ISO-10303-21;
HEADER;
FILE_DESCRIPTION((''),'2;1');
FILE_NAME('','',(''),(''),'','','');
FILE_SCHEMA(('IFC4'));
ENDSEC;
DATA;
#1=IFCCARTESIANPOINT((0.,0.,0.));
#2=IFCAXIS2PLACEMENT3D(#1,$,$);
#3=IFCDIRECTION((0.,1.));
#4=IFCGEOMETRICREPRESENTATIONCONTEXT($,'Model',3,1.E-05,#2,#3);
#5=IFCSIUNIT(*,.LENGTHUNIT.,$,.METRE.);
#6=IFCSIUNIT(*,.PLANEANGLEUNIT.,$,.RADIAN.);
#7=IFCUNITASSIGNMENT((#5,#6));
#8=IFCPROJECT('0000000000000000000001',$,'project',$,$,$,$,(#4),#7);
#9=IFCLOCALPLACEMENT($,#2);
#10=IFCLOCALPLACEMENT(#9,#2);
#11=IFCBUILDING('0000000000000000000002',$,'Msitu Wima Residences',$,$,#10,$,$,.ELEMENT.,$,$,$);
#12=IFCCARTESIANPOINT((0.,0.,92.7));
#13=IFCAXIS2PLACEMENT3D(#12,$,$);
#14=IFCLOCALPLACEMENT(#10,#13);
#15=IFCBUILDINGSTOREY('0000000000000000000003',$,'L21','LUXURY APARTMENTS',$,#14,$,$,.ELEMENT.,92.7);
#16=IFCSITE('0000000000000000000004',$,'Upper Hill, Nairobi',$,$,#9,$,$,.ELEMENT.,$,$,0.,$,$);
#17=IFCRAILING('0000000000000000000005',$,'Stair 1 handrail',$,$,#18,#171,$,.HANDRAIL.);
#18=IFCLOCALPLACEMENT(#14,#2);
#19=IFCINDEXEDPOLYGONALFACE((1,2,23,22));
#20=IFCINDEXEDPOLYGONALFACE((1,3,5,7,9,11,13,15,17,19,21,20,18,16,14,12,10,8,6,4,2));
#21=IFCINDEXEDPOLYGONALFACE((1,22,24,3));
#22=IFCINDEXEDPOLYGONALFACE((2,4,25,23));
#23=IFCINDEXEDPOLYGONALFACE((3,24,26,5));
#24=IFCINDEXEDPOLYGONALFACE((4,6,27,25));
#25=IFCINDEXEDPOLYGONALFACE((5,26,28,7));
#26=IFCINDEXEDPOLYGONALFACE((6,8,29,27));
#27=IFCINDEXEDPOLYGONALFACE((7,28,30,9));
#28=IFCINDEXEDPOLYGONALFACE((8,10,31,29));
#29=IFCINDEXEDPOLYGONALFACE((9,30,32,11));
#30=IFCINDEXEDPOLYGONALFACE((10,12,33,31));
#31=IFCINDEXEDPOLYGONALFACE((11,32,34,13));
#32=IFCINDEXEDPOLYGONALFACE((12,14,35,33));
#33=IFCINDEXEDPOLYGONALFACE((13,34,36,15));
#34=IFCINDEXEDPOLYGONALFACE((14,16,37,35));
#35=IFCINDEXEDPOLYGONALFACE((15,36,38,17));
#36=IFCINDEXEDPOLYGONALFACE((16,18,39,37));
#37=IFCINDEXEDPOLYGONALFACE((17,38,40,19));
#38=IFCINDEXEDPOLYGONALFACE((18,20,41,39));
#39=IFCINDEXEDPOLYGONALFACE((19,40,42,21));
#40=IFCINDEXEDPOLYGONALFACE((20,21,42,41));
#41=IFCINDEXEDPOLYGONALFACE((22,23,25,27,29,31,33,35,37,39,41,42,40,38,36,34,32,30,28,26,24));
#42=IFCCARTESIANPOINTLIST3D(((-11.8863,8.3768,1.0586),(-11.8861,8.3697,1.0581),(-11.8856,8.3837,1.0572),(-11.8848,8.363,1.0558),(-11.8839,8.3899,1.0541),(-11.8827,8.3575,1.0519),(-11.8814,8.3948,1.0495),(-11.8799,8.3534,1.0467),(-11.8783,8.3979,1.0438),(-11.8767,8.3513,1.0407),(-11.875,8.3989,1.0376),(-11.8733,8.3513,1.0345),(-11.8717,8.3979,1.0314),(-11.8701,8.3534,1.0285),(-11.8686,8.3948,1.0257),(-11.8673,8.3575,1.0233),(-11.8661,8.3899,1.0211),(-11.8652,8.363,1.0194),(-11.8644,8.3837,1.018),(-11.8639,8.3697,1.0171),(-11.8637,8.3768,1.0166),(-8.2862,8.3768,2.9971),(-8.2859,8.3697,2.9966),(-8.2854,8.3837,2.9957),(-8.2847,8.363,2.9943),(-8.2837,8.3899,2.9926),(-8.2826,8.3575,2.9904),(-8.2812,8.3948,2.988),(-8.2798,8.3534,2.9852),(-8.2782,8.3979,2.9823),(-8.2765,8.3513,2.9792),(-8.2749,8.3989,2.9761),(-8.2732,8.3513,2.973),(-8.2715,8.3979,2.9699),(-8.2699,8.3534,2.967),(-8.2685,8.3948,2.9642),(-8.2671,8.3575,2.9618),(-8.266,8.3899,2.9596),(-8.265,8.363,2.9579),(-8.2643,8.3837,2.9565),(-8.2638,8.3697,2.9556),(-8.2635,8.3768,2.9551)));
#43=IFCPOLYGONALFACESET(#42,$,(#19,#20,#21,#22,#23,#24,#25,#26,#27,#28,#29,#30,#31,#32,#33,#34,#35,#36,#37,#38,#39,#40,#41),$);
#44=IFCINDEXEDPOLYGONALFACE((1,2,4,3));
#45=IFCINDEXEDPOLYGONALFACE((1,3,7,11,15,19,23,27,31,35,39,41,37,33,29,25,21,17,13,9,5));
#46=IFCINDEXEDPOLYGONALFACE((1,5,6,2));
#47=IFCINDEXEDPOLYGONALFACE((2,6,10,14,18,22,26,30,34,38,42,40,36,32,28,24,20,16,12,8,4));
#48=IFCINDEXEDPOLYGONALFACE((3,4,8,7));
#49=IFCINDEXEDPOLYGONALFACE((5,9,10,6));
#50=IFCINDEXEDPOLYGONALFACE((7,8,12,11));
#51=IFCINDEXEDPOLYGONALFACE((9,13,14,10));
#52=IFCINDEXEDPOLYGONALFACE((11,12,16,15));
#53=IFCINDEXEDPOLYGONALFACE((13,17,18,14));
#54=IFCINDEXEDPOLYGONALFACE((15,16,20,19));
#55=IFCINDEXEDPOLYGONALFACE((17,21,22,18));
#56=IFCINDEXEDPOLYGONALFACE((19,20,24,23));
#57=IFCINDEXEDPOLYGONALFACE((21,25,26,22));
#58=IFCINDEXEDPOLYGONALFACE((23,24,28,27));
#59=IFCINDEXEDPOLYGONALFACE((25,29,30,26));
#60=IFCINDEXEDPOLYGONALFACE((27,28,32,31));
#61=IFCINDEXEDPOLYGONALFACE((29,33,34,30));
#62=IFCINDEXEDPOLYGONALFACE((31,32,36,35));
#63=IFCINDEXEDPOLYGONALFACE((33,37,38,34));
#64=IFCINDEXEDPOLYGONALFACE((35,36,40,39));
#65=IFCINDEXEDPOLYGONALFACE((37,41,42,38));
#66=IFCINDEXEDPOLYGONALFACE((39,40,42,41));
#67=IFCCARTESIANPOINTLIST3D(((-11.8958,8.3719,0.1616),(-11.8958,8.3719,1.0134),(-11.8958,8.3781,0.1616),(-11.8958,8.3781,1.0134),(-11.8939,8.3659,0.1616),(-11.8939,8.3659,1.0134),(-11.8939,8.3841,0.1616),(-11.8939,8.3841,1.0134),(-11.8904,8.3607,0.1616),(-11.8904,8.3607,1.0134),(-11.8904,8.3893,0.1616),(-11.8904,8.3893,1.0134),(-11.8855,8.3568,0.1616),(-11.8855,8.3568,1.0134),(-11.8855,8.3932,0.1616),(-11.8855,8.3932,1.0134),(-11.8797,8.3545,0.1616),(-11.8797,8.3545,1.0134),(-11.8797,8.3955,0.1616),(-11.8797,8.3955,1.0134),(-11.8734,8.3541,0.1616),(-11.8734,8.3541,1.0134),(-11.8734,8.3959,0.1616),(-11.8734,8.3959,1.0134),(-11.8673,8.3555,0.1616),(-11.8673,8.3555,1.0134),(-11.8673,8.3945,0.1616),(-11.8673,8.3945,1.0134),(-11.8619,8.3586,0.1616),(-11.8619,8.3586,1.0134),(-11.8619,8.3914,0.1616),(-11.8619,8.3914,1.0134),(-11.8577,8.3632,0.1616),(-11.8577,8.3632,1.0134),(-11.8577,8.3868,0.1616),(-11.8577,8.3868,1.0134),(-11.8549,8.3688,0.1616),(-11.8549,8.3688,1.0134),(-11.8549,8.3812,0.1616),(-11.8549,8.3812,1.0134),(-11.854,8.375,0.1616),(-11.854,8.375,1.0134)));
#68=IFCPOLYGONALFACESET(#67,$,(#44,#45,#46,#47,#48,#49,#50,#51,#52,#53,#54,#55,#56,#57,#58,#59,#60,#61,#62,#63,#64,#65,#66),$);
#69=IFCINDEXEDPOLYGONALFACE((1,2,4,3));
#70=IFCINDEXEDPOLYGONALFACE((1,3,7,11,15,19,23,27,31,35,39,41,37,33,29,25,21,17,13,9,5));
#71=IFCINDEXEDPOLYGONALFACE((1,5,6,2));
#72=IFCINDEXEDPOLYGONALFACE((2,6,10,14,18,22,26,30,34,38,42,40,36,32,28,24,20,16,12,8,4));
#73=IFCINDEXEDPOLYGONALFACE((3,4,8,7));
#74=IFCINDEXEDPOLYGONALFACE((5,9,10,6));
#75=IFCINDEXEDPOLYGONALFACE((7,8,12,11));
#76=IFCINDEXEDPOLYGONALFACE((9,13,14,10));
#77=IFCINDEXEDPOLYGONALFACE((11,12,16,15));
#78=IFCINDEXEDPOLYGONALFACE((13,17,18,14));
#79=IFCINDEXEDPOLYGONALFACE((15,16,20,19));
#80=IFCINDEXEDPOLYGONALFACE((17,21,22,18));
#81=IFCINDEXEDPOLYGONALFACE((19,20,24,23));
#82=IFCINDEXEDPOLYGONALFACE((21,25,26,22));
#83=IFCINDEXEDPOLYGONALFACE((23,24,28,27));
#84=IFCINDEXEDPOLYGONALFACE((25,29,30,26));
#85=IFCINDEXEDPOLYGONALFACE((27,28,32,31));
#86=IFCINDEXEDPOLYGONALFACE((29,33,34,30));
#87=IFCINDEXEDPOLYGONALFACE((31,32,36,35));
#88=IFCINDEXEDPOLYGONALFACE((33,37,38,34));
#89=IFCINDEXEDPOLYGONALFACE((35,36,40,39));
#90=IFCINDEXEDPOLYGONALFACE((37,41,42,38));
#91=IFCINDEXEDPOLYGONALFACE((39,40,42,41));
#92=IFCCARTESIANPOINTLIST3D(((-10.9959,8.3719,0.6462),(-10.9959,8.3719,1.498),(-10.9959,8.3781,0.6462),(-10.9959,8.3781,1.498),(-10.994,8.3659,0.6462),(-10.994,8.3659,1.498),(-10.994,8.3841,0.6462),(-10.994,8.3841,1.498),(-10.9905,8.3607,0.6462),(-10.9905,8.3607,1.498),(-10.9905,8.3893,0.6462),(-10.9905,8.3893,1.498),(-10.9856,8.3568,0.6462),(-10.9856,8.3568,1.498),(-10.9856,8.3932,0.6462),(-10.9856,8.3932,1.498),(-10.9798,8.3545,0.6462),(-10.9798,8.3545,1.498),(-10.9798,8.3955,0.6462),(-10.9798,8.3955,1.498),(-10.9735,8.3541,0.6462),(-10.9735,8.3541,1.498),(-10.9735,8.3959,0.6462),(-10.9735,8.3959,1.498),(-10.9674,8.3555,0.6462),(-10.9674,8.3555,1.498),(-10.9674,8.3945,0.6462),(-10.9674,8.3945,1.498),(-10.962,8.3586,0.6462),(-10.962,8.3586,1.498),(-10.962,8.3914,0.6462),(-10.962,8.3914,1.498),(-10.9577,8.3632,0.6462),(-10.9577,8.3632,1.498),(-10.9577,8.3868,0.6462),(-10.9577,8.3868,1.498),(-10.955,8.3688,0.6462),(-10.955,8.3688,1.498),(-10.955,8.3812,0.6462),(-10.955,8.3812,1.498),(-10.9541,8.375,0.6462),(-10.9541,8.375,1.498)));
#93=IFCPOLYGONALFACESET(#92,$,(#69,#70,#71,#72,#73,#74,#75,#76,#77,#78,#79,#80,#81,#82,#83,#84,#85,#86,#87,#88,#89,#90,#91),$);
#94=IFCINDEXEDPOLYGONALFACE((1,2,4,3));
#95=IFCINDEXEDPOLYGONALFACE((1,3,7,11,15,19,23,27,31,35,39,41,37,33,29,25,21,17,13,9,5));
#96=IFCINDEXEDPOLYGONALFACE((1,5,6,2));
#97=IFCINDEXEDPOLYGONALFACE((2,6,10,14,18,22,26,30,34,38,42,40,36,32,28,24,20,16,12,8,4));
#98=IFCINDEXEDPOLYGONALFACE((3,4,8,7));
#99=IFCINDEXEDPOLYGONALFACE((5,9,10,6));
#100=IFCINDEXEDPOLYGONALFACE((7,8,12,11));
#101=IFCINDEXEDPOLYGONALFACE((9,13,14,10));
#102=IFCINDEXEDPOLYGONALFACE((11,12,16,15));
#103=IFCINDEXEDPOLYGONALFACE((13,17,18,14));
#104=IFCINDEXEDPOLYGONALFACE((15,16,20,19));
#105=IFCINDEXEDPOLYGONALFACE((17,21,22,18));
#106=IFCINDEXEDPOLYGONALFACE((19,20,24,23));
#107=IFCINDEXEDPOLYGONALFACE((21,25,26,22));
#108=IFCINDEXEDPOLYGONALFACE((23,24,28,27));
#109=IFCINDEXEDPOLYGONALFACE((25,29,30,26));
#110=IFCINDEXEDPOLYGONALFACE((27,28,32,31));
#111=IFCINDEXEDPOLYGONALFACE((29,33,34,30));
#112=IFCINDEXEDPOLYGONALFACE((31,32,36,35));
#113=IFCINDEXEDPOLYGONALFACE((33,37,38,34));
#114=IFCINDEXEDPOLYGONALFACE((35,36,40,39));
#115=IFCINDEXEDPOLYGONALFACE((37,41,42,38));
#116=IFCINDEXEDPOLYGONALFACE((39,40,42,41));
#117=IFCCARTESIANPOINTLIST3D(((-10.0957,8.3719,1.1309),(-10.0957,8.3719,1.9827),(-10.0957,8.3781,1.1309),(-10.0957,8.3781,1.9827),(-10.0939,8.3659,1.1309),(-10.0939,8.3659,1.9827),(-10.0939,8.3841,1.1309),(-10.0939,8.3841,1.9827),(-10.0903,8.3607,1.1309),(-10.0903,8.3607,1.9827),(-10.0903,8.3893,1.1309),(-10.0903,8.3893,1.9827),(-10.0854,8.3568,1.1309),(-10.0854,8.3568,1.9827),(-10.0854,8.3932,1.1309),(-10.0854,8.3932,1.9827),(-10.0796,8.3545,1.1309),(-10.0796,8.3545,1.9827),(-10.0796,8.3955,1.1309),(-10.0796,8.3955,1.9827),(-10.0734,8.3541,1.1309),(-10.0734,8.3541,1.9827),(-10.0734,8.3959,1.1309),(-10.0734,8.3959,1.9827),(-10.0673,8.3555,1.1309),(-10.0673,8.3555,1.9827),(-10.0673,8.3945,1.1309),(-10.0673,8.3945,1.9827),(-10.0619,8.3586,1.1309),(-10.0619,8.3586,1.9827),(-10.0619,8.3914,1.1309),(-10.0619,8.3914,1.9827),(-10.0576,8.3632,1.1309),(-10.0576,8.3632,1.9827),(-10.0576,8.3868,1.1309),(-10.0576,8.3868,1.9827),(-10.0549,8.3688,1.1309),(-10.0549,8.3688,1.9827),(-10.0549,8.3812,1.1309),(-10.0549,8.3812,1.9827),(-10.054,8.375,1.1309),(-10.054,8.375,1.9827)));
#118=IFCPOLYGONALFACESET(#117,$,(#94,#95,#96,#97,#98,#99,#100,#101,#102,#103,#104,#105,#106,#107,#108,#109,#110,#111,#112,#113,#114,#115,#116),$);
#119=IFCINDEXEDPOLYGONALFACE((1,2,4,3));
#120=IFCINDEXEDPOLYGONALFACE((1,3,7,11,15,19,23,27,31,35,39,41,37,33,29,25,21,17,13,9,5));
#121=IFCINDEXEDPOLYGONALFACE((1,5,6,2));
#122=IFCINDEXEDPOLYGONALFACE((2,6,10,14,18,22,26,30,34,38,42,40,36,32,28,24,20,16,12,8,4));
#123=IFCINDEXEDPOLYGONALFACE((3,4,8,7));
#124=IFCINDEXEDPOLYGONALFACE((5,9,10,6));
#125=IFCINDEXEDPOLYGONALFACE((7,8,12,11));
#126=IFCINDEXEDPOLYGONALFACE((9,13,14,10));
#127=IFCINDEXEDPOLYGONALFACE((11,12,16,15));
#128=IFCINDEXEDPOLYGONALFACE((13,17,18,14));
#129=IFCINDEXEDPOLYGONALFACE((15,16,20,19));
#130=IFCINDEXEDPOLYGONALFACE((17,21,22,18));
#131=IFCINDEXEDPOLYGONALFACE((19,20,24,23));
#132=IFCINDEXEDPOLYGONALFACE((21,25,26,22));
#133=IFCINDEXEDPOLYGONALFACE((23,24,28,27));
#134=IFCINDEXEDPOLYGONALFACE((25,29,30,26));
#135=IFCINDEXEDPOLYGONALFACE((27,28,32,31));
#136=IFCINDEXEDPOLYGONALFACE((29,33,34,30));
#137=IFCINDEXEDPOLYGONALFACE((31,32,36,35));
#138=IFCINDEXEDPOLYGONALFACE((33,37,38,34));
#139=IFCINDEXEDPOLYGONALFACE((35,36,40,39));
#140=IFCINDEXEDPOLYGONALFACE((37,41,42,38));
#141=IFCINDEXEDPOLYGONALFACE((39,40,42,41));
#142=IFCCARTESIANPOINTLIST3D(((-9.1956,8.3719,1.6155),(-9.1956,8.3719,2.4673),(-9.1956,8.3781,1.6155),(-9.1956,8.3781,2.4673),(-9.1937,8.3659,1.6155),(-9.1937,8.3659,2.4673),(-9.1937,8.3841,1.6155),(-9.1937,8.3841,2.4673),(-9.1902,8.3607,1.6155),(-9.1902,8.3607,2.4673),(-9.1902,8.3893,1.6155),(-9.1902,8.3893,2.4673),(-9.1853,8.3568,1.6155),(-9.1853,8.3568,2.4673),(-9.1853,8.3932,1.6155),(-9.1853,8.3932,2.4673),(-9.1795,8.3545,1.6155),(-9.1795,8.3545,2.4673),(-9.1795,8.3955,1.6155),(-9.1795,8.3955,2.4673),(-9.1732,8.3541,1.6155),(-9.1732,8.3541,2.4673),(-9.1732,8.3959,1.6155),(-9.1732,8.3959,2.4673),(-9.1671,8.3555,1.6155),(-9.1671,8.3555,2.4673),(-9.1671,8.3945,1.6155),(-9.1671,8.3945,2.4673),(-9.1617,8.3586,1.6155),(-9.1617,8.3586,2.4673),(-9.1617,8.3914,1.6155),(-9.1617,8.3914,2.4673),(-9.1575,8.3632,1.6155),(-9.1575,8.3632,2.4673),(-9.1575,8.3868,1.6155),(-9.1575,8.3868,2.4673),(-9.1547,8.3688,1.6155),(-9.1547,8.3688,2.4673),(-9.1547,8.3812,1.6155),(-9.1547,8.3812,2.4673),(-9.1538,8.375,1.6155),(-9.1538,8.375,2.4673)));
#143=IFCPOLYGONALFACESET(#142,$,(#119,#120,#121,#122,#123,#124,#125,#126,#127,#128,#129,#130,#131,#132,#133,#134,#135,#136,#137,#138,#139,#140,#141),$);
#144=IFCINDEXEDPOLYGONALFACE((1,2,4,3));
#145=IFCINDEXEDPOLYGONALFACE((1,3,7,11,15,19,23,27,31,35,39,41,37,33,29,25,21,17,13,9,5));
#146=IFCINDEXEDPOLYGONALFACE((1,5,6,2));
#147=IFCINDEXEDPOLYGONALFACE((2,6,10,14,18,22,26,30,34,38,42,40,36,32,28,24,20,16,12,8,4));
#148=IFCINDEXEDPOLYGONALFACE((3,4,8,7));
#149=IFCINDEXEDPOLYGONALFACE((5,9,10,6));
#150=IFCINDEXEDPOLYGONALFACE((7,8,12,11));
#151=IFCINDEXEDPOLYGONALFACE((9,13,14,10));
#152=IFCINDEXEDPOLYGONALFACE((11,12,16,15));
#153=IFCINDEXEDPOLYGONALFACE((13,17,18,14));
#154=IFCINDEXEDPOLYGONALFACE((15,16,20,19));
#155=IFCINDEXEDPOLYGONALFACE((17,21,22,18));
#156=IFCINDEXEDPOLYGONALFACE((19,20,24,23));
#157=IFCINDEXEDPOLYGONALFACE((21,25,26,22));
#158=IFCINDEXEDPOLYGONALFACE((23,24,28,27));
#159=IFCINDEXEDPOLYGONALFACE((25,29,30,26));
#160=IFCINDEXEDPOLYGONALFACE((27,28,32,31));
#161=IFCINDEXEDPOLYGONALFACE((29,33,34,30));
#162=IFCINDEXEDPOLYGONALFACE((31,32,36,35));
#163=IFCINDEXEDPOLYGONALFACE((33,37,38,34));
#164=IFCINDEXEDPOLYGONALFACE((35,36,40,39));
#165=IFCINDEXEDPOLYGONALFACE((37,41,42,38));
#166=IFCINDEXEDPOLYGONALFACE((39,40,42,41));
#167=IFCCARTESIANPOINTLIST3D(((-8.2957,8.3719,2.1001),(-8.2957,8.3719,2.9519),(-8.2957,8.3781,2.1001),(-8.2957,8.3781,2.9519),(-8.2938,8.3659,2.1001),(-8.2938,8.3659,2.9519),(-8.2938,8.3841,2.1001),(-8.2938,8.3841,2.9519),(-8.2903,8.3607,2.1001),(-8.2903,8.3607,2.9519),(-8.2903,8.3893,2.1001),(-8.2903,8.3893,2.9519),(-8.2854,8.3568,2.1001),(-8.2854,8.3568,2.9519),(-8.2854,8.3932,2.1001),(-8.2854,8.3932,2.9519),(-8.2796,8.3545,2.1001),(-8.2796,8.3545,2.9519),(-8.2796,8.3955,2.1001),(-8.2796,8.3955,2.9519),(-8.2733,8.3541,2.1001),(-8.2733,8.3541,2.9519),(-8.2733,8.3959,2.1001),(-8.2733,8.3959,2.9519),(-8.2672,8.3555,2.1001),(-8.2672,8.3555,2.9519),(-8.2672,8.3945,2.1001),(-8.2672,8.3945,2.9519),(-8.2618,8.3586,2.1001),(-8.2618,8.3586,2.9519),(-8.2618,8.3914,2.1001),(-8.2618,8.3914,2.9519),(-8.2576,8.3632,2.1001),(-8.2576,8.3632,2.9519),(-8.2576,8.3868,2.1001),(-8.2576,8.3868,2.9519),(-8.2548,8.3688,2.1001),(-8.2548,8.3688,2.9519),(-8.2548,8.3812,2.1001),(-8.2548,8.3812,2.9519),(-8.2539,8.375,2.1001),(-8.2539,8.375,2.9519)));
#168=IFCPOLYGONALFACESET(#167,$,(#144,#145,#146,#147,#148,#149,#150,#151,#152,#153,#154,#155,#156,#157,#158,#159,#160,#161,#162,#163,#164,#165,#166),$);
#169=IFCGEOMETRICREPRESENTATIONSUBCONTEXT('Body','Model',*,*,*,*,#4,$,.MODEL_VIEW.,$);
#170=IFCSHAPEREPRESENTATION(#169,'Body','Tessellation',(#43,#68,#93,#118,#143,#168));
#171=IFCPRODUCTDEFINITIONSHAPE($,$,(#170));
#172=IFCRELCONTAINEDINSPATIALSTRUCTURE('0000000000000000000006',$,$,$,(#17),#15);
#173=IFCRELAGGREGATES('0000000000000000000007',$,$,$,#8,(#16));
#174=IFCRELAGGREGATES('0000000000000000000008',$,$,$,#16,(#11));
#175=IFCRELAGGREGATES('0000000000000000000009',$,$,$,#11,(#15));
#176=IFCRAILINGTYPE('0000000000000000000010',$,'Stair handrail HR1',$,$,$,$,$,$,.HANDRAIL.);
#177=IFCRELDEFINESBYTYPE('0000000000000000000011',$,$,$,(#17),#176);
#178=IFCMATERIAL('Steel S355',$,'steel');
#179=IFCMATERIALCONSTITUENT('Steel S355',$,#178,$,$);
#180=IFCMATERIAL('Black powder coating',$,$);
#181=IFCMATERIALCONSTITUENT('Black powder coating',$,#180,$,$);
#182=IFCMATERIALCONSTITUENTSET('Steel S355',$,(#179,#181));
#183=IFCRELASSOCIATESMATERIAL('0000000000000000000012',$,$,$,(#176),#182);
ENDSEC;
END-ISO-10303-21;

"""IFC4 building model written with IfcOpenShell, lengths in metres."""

from ifc_helpers import new_model, si_unit, direction, frame, origin, origin_2d, place, context, subcontext, project, spatial, circle, extrude, material, constituent, constituent_set, type_object, element, save


model = new_model("IFC4")

# Units and contexts
model_context = context("Model", 3, precision=1e-05, world=origin(), true_north=direction((0.0, 1.0)))
body_context = subcontext(model_context, "Body", "Model", "MODEL_VIEW")
ifc_project = project(units=[si_unit("LENGTHUNIT", "METRE"), si_unit("PLANEANGLEUNIT", "RADIAN")], contexts=[model_context])

# Site, building, storey
site_placement = place(None, origin())
site = spatial("IfcSite", under=ifc_project, at=site_placement, Name="Upper Hill, Nairobi", CompositionType="ELEMENT", RefElevation=0.0)
building_placement = place(site_placement, origin())
building = spatial("IfcBuilding", under=site, at=building_placement, Name="Msitu Wima Residences", CompositionType="ELEMENT")
storey_placement = place(building_placement, frame((0.0, 0.0, 92.7)))
storey = spatial("IfcBuildingStorey", under=building, at=storey_placement, Name="L21", Description="LUXURY APARTMENTS", CompositionType="ELEMENT", Elevation=92.7)

# Railing
ifc_material_1 = material(Name="Steel S355", Category="steel")
ifc_constituent_1 = constituent(ifc_material_1, Name="Steel S355")
ifc_material_2 = material(Name="Black powder coating")
ifc_constituent_2 = constituent(ifc_material_2, Name="Black powder coating")
ifc_constituent_set = constituent_set(constituents=[ifc_constituent_1, ifc_constituent_2], Name="Steel S355")
railing_type = type_object("IfcRailingType", Name="Stair handrail HR1", PredefinedType="HANDRAIL", material=ifc_constituent_set)
for number, where, name in (
    (1, (-11.875, 8.375, 0.1616), "Stair 1 handrail"),
):
    element("IfcRailing", number, at=place(storey_placement, frame(where)), inside=storey, type_object=railing_type, Name=name, PredefinedType="HANDRAIL", context=body_context, shape_type="SweptSolid", body=[
        extrude(circle(Radius=0.0239, at=origin_2d()), frame((0.0, 0.0, 0.876), z_axis=(0.880475, 0.0, 0.474093), x_axis=(0.0, 1.0, 0.0)), (0.0, 0.0, 1.0), 4.0889),
        extrude(circle(Radius=0.021, at=origin_2d()), origin(), (0.0, 0.0, 1.0), 0.8518),
        extrude(circle(Radius=0.021, at=origin_2d()), frame((0.8999, 0.0, 0.4846)), (0.0, 0.0, 1.0), 0.8518),
        extrude(circle(Radius=0.021, at=origin_2d()), frame((1.8, 0.0, 0.9692)), (0.0, 0.0, 1.0), 0.8518),
        extrude(circle(Radius=0.021, at=origin_2d()), frame((2.7002, 0.0, 1.4539)), (0.0, 0.0, 1.0), 0.8518),
        extrude(circle(Radius=0.021, at=origin_2d()), frame((3.6001, 0.0, 1.9385)), (0.0, 0.0, 1.0), 0.8518),
    ])

save(model, "model.ifc")
